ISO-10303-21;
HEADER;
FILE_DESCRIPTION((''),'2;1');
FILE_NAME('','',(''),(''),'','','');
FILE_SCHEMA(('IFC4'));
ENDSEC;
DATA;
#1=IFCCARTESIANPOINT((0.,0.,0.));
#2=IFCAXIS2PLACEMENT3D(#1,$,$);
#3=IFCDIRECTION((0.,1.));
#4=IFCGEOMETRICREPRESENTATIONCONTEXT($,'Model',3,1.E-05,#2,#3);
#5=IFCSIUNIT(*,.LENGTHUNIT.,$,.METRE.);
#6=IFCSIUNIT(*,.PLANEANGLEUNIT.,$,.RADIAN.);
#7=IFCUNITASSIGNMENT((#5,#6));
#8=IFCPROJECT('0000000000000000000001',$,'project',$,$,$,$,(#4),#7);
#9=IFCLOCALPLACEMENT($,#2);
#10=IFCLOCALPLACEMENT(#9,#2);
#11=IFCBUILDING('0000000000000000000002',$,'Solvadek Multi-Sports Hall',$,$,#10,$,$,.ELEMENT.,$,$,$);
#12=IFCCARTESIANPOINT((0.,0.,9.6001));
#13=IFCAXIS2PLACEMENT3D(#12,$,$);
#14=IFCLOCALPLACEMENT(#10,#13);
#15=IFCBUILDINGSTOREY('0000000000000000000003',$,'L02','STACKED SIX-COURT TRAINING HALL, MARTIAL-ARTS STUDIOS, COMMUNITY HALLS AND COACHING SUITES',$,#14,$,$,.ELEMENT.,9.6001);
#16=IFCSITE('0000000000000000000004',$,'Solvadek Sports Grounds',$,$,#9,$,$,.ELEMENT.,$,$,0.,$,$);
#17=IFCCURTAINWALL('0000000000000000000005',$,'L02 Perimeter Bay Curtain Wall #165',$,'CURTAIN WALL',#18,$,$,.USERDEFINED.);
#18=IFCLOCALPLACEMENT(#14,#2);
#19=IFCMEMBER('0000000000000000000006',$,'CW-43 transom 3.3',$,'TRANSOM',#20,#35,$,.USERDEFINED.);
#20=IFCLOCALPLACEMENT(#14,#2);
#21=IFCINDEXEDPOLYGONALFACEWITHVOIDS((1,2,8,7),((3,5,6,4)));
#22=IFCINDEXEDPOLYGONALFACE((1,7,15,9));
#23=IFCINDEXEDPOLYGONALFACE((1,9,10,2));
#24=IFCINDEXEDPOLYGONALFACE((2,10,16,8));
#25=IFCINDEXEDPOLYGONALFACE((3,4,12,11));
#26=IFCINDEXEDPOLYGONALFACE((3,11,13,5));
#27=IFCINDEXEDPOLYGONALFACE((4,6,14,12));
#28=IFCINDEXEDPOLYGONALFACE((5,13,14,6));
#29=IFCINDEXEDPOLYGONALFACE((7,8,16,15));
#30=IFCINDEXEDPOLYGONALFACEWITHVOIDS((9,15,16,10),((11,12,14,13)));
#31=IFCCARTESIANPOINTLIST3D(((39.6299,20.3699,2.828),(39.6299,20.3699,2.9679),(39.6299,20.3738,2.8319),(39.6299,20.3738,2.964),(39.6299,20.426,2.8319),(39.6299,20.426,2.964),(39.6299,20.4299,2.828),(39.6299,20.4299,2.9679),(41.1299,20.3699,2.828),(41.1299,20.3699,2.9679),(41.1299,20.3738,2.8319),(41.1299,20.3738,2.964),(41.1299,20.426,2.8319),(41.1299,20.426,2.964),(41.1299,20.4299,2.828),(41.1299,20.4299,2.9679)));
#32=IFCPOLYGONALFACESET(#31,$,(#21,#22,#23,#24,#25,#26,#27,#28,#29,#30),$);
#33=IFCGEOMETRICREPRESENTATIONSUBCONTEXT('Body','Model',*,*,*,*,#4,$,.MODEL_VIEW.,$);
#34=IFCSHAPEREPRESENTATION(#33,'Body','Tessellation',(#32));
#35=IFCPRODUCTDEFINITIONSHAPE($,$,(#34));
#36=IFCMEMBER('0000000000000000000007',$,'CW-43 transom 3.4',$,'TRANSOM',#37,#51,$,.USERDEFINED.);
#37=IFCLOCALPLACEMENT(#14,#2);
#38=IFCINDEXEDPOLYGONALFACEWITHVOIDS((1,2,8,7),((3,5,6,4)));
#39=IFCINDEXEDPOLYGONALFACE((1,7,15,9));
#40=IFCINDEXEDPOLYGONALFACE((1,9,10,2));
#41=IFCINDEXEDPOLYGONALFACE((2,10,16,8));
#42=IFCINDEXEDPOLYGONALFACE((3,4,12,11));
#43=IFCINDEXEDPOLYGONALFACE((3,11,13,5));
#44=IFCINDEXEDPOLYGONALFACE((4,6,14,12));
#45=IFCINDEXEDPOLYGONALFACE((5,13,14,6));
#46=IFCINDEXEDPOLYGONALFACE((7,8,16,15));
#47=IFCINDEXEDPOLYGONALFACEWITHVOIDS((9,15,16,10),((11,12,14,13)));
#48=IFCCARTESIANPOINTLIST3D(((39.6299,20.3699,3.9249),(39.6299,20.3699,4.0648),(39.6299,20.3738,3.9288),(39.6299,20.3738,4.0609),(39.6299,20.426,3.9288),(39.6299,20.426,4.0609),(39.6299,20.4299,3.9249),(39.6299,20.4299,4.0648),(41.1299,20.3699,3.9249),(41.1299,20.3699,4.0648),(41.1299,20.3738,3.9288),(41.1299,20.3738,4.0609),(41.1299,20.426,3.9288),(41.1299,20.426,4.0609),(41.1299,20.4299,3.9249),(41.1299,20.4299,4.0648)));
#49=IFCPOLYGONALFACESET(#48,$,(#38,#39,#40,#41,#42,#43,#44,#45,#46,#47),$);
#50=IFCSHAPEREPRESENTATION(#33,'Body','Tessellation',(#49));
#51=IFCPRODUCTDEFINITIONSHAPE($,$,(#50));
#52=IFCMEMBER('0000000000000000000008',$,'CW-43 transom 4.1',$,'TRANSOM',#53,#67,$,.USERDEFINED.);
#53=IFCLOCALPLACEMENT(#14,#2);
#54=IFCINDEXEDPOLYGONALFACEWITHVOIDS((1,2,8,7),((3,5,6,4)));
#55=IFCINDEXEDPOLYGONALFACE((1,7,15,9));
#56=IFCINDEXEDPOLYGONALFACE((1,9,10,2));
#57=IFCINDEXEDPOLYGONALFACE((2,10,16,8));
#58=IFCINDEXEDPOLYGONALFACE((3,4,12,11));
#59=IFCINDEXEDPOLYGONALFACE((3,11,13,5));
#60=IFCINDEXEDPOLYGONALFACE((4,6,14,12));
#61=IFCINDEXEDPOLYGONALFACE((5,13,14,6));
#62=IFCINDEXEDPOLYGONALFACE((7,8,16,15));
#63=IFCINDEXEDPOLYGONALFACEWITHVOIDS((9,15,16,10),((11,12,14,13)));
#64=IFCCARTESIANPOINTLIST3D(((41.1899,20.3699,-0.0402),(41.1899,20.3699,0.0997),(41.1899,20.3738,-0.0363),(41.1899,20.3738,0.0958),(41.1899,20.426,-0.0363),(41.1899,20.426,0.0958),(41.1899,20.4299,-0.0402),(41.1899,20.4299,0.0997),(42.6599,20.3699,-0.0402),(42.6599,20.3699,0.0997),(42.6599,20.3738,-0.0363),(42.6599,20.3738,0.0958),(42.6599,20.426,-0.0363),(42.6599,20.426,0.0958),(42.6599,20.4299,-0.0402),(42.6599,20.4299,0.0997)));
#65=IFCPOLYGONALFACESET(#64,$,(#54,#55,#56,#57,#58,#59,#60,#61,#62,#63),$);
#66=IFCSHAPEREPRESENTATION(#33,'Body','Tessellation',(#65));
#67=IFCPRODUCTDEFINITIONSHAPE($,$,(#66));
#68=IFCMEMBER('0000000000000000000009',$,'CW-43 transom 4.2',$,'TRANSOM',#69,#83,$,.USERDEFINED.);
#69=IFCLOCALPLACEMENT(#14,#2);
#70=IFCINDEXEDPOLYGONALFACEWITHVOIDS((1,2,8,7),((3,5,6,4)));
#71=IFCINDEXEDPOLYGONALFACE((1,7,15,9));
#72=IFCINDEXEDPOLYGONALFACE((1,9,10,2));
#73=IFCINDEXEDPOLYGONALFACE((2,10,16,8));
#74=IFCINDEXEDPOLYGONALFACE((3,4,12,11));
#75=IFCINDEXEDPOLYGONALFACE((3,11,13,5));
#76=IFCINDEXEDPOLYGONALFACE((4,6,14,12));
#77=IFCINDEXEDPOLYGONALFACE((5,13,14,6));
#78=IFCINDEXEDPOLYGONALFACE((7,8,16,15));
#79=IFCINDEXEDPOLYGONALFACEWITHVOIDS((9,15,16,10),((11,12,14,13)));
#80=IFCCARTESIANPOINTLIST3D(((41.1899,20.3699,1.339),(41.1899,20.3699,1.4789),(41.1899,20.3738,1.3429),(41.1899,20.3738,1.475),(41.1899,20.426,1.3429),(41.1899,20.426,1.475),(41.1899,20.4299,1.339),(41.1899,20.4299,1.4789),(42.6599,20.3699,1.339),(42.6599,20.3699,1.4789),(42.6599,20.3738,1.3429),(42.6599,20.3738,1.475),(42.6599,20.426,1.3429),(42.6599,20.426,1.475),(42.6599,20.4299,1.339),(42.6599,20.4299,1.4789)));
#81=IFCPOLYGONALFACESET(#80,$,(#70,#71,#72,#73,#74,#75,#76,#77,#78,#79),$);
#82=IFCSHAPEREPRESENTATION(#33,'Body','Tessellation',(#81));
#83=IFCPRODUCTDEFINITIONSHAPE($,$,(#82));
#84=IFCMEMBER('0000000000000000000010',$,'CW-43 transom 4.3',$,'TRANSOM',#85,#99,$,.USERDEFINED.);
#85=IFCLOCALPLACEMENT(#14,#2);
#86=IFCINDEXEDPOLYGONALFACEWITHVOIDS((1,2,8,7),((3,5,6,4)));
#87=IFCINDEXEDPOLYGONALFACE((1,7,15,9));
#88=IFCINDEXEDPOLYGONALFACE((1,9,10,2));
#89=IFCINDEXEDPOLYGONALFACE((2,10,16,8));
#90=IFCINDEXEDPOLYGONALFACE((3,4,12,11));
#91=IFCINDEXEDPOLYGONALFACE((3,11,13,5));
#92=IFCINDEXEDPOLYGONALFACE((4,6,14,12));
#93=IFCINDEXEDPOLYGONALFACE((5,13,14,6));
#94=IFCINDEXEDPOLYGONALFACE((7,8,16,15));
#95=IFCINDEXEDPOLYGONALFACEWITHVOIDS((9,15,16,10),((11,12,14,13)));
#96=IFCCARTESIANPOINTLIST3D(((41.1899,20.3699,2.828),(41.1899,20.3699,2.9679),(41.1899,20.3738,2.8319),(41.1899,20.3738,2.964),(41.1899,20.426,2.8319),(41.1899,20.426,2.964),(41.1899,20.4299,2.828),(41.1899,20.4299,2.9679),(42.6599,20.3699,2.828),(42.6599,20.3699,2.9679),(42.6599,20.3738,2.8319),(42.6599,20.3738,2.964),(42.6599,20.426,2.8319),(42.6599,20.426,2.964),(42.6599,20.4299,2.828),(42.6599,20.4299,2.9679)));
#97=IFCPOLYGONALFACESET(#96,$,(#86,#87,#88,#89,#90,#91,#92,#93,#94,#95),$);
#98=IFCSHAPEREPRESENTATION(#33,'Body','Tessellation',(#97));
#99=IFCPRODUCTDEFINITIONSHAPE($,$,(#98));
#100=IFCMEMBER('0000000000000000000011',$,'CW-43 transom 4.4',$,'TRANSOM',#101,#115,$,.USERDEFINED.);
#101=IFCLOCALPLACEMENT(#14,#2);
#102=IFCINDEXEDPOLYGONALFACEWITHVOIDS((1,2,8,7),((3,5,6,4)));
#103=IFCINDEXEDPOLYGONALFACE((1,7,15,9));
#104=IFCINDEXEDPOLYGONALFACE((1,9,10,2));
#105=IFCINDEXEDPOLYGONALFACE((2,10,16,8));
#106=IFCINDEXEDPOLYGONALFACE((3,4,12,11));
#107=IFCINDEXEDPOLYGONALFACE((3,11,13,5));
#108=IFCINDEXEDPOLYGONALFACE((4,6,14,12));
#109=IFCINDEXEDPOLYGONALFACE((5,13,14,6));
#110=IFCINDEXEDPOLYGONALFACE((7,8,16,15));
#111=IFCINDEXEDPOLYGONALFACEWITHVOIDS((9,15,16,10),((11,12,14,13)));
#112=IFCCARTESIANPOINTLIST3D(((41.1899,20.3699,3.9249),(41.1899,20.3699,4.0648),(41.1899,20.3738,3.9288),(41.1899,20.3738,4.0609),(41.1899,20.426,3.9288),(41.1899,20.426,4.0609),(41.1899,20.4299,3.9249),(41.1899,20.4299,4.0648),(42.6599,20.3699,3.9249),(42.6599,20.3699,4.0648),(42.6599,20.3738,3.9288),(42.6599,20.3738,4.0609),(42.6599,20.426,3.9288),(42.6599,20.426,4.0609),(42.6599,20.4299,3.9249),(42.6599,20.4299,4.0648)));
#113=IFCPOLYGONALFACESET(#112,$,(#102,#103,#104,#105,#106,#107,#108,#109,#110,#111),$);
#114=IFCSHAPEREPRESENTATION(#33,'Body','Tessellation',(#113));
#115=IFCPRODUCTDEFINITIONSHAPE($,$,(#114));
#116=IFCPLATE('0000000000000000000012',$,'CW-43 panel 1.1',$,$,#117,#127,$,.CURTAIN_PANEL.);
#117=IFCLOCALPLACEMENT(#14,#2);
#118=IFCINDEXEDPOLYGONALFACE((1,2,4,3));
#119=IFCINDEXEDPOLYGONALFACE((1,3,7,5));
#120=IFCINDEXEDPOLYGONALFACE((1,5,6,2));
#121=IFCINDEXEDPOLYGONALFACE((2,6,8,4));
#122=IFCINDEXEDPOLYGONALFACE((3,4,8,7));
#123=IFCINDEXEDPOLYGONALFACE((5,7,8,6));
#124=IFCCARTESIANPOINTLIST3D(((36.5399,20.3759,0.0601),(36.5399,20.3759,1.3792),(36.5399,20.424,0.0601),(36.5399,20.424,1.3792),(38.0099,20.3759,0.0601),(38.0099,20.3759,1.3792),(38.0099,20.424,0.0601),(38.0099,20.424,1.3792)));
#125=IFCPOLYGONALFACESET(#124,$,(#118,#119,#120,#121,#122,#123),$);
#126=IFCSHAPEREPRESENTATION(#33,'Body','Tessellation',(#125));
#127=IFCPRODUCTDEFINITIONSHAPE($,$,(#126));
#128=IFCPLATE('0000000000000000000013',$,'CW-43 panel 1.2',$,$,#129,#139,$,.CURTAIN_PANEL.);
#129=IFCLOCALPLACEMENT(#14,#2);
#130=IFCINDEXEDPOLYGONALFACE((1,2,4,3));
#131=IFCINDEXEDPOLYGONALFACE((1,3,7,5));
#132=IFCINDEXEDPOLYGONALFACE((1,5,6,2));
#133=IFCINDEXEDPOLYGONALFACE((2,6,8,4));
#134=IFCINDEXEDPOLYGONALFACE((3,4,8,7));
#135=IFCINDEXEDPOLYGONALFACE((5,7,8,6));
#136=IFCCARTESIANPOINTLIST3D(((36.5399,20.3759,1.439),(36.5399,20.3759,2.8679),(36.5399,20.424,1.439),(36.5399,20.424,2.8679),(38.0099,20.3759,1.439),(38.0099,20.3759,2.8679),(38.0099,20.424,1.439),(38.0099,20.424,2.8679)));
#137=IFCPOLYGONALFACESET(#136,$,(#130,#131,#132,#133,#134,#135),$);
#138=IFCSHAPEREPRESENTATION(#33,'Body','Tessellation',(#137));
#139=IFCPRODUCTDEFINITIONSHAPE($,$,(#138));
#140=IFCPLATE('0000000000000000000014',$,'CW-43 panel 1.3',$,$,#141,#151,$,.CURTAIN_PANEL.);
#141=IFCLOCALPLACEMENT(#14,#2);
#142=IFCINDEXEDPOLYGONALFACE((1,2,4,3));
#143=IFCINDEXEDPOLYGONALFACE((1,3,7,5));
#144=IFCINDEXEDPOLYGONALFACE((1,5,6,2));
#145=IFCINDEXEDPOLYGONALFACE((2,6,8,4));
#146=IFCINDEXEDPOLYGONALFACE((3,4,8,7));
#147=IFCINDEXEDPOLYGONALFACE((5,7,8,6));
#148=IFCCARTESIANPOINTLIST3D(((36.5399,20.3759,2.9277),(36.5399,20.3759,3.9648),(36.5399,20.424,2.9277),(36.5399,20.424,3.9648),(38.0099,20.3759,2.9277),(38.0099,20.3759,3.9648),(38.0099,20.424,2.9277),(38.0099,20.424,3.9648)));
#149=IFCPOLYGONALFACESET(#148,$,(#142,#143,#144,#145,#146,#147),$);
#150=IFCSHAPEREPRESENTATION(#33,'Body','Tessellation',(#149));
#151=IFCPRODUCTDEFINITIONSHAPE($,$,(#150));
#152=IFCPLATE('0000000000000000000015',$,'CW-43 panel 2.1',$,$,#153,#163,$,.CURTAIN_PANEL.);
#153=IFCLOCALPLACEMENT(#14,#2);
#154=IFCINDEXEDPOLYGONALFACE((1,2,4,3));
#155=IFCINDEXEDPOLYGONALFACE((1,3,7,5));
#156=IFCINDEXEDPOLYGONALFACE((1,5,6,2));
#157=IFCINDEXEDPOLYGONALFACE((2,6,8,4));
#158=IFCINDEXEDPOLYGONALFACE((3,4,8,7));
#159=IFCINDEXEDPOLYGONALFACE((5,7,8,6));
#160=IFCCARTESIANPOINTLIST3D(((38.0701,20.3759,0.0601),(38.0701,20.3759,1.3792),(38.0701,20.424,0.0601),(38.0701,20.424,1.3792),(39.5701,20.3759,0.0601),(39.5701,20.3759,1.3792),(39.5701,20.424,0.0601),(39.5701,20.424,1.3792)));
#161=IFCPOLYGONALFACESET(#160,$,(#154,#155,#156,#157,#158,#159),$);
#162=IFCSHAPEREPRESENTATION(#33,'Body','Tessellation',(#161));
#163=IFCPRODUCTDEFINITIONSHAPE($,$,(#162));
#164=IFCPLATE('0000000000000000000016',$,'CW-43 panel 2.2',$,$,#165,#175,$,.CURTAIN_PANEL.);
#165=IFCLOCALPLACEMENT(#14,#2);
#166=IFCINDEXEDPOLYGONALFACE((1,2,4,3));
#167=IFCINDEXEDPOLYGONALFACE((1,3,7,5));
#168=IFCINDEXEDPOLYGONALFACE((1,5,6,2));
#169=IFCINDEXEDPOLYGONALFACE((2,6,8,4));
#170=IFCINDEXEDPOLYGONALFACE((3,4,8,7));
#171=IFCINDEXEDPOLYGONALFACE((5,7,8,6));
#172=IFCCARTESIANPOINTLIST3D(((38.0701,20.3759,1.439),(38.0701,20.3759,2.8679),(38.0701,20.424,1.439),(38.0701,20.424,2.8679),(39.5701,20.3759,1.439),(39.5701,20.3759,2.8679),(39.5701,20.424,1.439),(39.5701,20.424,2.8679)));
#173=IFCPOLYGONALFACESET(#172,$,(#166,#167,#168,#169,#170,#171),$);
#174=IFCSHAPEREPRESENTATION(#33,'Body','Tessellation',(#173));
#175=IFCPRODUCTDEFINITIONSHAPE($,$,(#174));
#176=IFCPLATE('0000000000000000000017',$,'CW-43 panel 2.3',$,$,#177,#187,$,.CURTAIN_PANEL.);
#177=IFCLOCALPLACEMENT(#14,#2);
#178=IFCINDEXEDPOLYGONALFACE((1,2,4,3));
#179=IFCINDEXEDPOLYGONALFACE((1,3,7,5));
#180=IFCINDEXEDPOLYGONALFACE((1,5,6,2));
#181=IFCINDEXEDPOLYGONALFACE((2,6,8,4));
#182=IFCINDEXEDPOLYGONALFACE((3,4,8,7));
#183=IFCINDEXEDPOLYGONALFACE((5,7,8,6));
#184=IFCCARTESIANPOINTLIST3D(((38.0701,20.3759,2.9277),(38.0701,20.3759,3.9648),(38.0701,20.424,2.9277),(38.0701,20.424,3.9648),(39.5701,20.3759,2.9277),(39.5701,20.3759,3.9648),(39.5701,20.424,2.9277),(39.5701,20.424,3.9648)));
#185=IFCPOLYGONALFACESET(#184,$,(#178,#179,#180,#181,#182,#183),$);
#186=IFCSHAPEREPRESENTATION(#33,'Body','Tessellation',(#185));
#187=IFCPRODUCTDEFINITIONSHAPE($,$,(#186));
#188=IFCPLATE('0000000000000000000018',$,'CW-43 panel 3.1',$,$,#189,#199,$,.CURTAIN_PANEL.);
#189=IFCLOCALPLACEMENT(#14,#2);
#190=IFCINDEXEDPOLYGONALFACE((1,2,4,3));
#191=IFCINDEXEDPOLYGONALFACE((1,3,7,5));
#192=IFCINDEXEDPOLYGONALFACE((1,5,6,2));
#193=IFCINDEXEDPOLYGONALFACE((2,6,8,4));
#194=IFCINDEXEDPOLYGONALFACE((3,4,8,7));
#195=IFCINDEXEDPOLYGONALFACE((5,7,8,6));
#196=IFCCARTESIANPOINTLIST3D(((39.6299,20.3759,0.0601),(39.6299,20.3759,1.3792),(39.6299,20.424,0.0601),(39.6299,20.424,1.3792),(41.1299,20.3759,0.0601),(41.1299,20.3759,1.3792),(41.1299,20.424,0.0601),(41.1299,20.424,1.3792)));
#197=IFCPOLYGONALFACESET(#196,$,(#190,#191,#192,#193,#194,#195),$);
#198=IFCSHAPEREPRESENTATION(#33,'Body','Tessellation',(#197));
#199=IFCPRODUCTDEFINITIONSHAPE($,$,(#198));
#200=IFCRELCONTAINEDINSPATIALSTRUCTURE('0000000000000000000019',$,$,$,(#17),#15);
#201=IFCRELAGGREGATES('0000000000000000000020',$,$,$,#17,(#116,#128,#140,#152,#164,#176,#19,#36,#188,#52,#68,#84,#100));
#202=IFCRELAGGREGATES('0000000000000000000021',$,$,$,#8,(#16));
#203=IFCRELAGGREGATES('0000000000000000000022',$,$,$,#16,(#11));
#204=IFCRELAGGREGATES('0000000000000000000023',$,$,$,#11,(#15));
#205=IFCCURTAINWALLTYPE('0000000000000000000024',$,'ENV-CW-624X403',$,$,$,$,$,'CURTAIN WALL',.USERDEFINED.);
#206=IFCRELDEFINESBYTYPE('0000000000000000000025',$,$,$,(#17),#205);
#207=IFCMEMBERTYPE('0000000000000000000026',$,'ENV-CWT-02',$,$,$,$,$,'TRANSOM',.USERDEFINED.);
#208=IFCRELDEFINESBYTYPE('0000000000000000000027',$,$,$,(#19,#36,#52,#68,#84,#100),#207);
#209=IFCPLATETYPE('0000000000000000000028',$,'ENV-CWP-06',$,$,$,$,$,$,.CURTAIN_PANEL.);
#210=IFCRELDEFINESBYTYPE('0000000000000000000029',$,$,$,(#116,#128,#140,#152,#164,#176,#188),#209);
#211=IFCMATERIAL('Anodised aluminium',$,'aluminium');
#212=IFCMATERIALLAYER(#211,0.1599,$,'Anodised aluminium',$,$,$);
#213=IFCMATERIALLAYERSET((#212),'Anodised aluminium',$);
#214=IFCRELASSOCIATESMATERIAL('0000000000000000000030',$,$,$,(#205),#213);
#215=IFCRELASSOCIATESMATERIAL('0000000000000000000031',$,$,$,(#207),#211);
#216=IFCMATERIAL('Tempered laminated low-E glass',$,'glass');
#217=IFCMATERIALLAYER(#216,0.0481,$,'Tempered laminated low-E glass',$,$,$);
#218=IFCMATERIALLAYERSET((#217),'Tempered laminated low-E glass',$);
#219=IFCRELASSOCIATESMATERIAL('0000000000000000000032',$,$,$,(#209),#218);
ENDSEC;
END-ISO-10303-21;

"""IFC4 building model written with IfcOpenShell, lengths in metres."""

from ifc_helpers import new_model, si_unit, direction, frame, origin, origin_2d, place, context, subcontext, project, spatial, rectangle, hollow_rectangle, extrude, material, layer, layer_set, material_profile, profile_set, type_object, element, aggregate, save


model = new_model("IFC4")

# Units and contexts
model_context = context("Model", 3, precision=1e-05, world=origin(), true_north=direction((0.0, 1.0)))
body_context = subcontext(model_context, "Body", "Model", "MODEL_VIEW")
ifc_project = project(units=[si_unit("LENGTHUNIT", "METRE"), si_unit("PLANEANGLEUNIT", "RADIAN")], contexts=[model_context])

# Site, building, storey
site_placement = place(None, origin())
site = spatial("IfcSite", under=ifc_project, at=site_placement, Name="Solvadek Sports Grounds", CompositionType="ELEMENT", RefElevation=0.0)
building_placement = place(site_placement, origin())
building = spatial("IfcBuilding", under=site, at=building_placement, Name="Solvadek Multi-Sports Hall", CompositionType="ELEMENT")
storey_placement = place(building_placement, frame((0.0, 0.0, 9.6001)))
storey = spatial("IfcBuildingStorey", under=building, at=storey_placement, Name="L02", Description="STACKED SIX-COURT TRAINING HALL, MARTIAL-ARTS STUDIOS, COMMUNITY HALLS AND COACHING SUITES", CompositionType="ELEMENT", Elevation=9.6001)

# Curtain wall, members, plates
ifc_material_1 = material(Name="Anodised aluminium", Category="aluminium")
ifc_layer_1 = layer(ifc_material_1, 0.1599, Name="Anodised aluminium")
ifc_layer_set_1 = layer_set([ifc_layer_1], Name="Anodised aluminium")
curtain_wall_type = type_object("IfcCurtainWallType", Name="ENV-CW-624X403", ElementType="CURTAIN WALL", PredefinedType="USERDEFINED", material=ifc_layer_set_1)
curtain_wall_placement = place(storey_placement, origin())
curtain_wall = element("IfcCurtainWall", 1, at=curtain_wall_placement, inside=storey, type_object=curtain_wall_type, Name="L02 Perimeter Bay Curtain Wall #165", ObjectType="CURTAIN WALL", PredefinedType="USERDEFINED")
ifc_material_profile_1 = material_profile(ifc_material_1, hollow_rectangle(XDim=0.0601, YDim=0.1399, WallThickness=0.0039, at=origin_2d()), Name="ALU-T 140x60x4")
ifc_profile_set_1 = profile_set([ifc_material_profile_1], Name="Anodised aluminium")
member_type_1 = type_object("IfcMemberType", Name="ENV-CWT-02", ElementType="TRANSOM", PredefinedType="USERDEFINED", material=ifc_profile_set_1)
member_1_placement = place(storey_placement, frame((39.6299, 20.3999, 2.8979), z_axis=(1.0, 0.0, 0.0), x_axis=(0.0, 1.0, 0.0)))
member_1 = element("IfcMember", 2, at=member_1_placement, type_object=member_type_1, Name="CW-43 transom 3.3", ObjectType="TRANSOM", PredefinedType="USERDEFINED", context=body_context, shape_type="SweptSolid", body=[
    extrude(hollow_rectangle(XDim=0.0601, YDim=0.1399, WallThickness=0.0039, at=origin_2d()), origin(), (0.0, 0.0, 1.0), 1.5),
])
member_2_placement = place(storey_placement, frame((39.6299, 20.3999, 3.9949), z_axis=(1.0, 0.0, 0.0), x_axis=(0.0, 1.0, 0.0)))
member_2 = element("IfcMember", 3, at=member_2_placement, type_object=member_type_1, Name="CW-43 transom 3.4", ObjectType="TRANSOM", PredefinedType="USERDEFINED", context=body_context, shape_type="SweptSolid", body=[
    extrude(hollow_rectangle(XDim=0.0601, YDim=0.1399, WallThickness=0.0039, at=origin_2d()), origin(), (0.0, 0.0, 1.0), 1.5),
])
member_3_placement = place(storey_placement, frame((41.1899, 20.3999, 0.0298), z_axis=(1.0, 0.0, 0.0), x_axis=(0.0, 1.0, 0.0)))
member_3 = element("IfcMember", 4, at=member_3_placement, type_object=member_type_1, Name="CW-43 transom 4.1", ObjectType="TRANSOM", PredefinedType="USERDEFINED", context=body_context, shape_type="SweptSolid", body=[
    extrude(hollow_rectangle(XDim=0.0601, YDim=0.1399, WallThickness=0.0039, at=origin_2d()), origin(), (0.0, 0.0, 1.0), 1.47),
])
member_4_placement = place(storey_placement, frame((41.1899, 20.3999, 1.4089), z_axis=(1.0, 0.0, 0.0), x_axis=(0.0, 1.0, 0.0)))
member_4 = element("IfcMember", 5, at=member_4_placement, type_object=member_type_1, Name="CW-43 transom 4.2", ObjectType="TRANSOM", PredefinedType="USERDEFINED", context=body_context, shape_type="SweptSolid", body=[
    extrude(hollow_rectangle(XDim=0.0601, YDim=0.1399, WallThickness=0.0039, at=origin_2d()), origin(), (0.0, 0.0, 1.0), 1.47),
])
member_5_placement = place(storey_placement, frame((41.1899, 20.3999, 2.8979), z_axis=(1.0, 0.0, 0.0), x_axis=(0.0, 1.0, 0.0)))
member_5 = element("IfcMember", 6, at=member_5_placement, type_object=member_type_1, Name="CW-43 transom 4.3", ObjectType="TRANSOM", PredefinedType="USERDEFINED", context=body_context, shape_type="SweptSolid", body=[
    extrude(hollow_rectangle(XDim=0.0601, YDim=0.1399, WallThickness=0.0039, at=origin_2d()), origin(), (0.0, 0.0, 1.0), 1.47),
])
member_6_placement = place(storey_placement, frame((41.1899, 20.3999, 3.9949), z_axis=(1.0, 0.0, 0.0), x_axis=(0.0, 1.0, 0.0)))
member_6 = element("IfcMember", 7, at=member_6_placement, type_object=member_type_1, Name="CW-43 transom 4.4", ObjectType="TRANSOM", PredefinedType="USERDEFINED", context=body_context, shape_type="SweptSolid", body=[
    extrude(hollow_rectangle(XDim=0.0601, YDim=0.1399, WallThickness=0.0039, at=origin_2d()), origin(), (0.0, 0.0, 1.0), 1.47),
])
ifc_material_2 = material(Name="Tempered laminated low-E glass", Category="glass")
ifc_layer_2 = layer(ifc_material_2, 0.0481, Name="Tempered laminated low-E glass")
ifc_layer_set_2 = layer_set([ifc_layer_2], Name="Tempered laminated low-E glass")
plate_type = type_object("IfcPlateType", Name="ENV-CWP-06", PredefinedType="CURTAIN_PANEL", material=ifc_layer_set_2)
plate_1_placement = place(storey_placement, frame((37.2749, 20.3999, 0.0601), z_axis=(0.0, 0.0, 1.0), x_axis=(1.0, 0.0, 0.0)))
plate_1 = element("IfcPlate", 8, at=plate_1_placement, type_object=plate_type, Name="CW-43 panel 1.1", PredefinedType="CURTAIN_PANEL", context=body_context, shape_type="SweptSolid", body=[
    extrude(rectangle(XDim=1.47, YDim=0.0481, at=origin_2d()), origin(), (0.0, 0.0, 1.0), 1.3191),
])
plate_2_placement = place(storey_placement, frame((37.2749, 20.3999, 1.439), z_axis=(0.0, 0.0, 1.0), x_axis=(1.0, 0.0, 0.0)))
plate_2 = element("IfcPlate", 9, at=plate_2_placement, type_object=plate_type, Name="CW-43 panel 1.2", PredefinedType="CURTAIN_PANEL", context=body_context, shape_type="SweptSolid", body=[
    extrude(rectangle(XDim=1.47, YDim=0.0481, at=origin_2d()), origin(), (0.0, 0.0, 1.0), 1.429),
])
plate_3_placement = place(storey_placement, frame((37.2749, 20.3999, 2.9277), z_axis=(0.0, 0.0, 1.0), x_axis=(1.0, 0.0, 0.0)))
plate_3 = element("IfcPlate", 10, at=plate_3_placement, type_object=plate_type, Name="CW-43 panel 1.3", PredefinedType="CURTAIN_PANEL", context=body_context, shape_type="SweptSolid", body=[
    extrude(rectangle(XDim=1.47, YDim=0.0481, at=origin_2d()), origin(), (0.0, 0.0, 1.0), 1.0371),
])
plate_4_placement = place(storey_placement, frame((38.8201, 20.3999, 0.0601), z_axis=(0.0, 0.0, 1.0), x_axis=(1.0, 0.0, 0.0)))
plate_4 = element("IfcPlate", 11, at=plate_4_placement, type_object=plate_type, Name="CW-43 panel 2.1", PredefinedType="CURTAIN_PANEL", context=body_context, shape_type="SweptSolid", body=[
    extrude(rectangle(XDim=1.5, YDim=0.0481, at=origin_2d()), origin(), (0.0, 0.0, 1.0), 1.3191),
])
plate_5_placement = place(storey_placement, frame((38.8201, 20.3999, 1.439), z_axis=(0.0, 0.0, 1.0), x_axis=(1.0, 0.0, 0.0)))
plate_5 = element("IfcPlate", 12, at=plate_5_placement, type_object=plate_type, Name="CW-43 panel 2.2", PredefinedType="CURTAIN_PANEL", context=body_context, shape_type="SweptSolid", body=[
    extrude(rectangle(XDim=1.5, YDim=0.0481, at=origin_2d()), origin(), (0.0, 0.0, 1.0), 1.429),
])
plate_6_placement = place(storey_placement, frame((38.8201, 20.3999, 2.9277), z_axis=(0.0, 0.0, 1.0), x_axis=(1.0, 0.0, 0.0)))
plate_6 = element("IfcPlate", 13, at=plate_6_placement, type_object=plate_type, Name="CW-43 panel 2.3", PredefinedType="CURTAIN_PANEL", context=body_context, shape_type="SweptSolid", body=[
    extrude(rectangle(XDim=1.5, YDim=0.0481, at=origin_2d()), origin(), (0.0, 0.0, 1.0), 1.0371),
])
plate_7_placement = place(storey_placement, frame((40.3799, 20.3999, 0.0601), z_axis=(0.0, 0.0, 1.0), x_axis=(1.0, 0.0, 0.0)))
plate_7 = element("IfcPlate", 14, at=plate_7_placement, type_object=plate_type, Name="CW-43 panel 3.1", PredefinedType="CURTAIN_PANEL", context=body_context, shape_type="SweptSolid", body=[
    extrude(rectangle(XDim=1.5, YDim=0.0481, at=origin_2d()), origin(), (0.0, 0.0, 1.0), 1.3191),
])
aggregate(curtain_wall, [plate_1, plate_2, plate_3, plate_4, plate_5, plate_6, member_1, member_2, plate_7, member_3, member_4, member_5, member_6])

save(model, "model.ifc")
